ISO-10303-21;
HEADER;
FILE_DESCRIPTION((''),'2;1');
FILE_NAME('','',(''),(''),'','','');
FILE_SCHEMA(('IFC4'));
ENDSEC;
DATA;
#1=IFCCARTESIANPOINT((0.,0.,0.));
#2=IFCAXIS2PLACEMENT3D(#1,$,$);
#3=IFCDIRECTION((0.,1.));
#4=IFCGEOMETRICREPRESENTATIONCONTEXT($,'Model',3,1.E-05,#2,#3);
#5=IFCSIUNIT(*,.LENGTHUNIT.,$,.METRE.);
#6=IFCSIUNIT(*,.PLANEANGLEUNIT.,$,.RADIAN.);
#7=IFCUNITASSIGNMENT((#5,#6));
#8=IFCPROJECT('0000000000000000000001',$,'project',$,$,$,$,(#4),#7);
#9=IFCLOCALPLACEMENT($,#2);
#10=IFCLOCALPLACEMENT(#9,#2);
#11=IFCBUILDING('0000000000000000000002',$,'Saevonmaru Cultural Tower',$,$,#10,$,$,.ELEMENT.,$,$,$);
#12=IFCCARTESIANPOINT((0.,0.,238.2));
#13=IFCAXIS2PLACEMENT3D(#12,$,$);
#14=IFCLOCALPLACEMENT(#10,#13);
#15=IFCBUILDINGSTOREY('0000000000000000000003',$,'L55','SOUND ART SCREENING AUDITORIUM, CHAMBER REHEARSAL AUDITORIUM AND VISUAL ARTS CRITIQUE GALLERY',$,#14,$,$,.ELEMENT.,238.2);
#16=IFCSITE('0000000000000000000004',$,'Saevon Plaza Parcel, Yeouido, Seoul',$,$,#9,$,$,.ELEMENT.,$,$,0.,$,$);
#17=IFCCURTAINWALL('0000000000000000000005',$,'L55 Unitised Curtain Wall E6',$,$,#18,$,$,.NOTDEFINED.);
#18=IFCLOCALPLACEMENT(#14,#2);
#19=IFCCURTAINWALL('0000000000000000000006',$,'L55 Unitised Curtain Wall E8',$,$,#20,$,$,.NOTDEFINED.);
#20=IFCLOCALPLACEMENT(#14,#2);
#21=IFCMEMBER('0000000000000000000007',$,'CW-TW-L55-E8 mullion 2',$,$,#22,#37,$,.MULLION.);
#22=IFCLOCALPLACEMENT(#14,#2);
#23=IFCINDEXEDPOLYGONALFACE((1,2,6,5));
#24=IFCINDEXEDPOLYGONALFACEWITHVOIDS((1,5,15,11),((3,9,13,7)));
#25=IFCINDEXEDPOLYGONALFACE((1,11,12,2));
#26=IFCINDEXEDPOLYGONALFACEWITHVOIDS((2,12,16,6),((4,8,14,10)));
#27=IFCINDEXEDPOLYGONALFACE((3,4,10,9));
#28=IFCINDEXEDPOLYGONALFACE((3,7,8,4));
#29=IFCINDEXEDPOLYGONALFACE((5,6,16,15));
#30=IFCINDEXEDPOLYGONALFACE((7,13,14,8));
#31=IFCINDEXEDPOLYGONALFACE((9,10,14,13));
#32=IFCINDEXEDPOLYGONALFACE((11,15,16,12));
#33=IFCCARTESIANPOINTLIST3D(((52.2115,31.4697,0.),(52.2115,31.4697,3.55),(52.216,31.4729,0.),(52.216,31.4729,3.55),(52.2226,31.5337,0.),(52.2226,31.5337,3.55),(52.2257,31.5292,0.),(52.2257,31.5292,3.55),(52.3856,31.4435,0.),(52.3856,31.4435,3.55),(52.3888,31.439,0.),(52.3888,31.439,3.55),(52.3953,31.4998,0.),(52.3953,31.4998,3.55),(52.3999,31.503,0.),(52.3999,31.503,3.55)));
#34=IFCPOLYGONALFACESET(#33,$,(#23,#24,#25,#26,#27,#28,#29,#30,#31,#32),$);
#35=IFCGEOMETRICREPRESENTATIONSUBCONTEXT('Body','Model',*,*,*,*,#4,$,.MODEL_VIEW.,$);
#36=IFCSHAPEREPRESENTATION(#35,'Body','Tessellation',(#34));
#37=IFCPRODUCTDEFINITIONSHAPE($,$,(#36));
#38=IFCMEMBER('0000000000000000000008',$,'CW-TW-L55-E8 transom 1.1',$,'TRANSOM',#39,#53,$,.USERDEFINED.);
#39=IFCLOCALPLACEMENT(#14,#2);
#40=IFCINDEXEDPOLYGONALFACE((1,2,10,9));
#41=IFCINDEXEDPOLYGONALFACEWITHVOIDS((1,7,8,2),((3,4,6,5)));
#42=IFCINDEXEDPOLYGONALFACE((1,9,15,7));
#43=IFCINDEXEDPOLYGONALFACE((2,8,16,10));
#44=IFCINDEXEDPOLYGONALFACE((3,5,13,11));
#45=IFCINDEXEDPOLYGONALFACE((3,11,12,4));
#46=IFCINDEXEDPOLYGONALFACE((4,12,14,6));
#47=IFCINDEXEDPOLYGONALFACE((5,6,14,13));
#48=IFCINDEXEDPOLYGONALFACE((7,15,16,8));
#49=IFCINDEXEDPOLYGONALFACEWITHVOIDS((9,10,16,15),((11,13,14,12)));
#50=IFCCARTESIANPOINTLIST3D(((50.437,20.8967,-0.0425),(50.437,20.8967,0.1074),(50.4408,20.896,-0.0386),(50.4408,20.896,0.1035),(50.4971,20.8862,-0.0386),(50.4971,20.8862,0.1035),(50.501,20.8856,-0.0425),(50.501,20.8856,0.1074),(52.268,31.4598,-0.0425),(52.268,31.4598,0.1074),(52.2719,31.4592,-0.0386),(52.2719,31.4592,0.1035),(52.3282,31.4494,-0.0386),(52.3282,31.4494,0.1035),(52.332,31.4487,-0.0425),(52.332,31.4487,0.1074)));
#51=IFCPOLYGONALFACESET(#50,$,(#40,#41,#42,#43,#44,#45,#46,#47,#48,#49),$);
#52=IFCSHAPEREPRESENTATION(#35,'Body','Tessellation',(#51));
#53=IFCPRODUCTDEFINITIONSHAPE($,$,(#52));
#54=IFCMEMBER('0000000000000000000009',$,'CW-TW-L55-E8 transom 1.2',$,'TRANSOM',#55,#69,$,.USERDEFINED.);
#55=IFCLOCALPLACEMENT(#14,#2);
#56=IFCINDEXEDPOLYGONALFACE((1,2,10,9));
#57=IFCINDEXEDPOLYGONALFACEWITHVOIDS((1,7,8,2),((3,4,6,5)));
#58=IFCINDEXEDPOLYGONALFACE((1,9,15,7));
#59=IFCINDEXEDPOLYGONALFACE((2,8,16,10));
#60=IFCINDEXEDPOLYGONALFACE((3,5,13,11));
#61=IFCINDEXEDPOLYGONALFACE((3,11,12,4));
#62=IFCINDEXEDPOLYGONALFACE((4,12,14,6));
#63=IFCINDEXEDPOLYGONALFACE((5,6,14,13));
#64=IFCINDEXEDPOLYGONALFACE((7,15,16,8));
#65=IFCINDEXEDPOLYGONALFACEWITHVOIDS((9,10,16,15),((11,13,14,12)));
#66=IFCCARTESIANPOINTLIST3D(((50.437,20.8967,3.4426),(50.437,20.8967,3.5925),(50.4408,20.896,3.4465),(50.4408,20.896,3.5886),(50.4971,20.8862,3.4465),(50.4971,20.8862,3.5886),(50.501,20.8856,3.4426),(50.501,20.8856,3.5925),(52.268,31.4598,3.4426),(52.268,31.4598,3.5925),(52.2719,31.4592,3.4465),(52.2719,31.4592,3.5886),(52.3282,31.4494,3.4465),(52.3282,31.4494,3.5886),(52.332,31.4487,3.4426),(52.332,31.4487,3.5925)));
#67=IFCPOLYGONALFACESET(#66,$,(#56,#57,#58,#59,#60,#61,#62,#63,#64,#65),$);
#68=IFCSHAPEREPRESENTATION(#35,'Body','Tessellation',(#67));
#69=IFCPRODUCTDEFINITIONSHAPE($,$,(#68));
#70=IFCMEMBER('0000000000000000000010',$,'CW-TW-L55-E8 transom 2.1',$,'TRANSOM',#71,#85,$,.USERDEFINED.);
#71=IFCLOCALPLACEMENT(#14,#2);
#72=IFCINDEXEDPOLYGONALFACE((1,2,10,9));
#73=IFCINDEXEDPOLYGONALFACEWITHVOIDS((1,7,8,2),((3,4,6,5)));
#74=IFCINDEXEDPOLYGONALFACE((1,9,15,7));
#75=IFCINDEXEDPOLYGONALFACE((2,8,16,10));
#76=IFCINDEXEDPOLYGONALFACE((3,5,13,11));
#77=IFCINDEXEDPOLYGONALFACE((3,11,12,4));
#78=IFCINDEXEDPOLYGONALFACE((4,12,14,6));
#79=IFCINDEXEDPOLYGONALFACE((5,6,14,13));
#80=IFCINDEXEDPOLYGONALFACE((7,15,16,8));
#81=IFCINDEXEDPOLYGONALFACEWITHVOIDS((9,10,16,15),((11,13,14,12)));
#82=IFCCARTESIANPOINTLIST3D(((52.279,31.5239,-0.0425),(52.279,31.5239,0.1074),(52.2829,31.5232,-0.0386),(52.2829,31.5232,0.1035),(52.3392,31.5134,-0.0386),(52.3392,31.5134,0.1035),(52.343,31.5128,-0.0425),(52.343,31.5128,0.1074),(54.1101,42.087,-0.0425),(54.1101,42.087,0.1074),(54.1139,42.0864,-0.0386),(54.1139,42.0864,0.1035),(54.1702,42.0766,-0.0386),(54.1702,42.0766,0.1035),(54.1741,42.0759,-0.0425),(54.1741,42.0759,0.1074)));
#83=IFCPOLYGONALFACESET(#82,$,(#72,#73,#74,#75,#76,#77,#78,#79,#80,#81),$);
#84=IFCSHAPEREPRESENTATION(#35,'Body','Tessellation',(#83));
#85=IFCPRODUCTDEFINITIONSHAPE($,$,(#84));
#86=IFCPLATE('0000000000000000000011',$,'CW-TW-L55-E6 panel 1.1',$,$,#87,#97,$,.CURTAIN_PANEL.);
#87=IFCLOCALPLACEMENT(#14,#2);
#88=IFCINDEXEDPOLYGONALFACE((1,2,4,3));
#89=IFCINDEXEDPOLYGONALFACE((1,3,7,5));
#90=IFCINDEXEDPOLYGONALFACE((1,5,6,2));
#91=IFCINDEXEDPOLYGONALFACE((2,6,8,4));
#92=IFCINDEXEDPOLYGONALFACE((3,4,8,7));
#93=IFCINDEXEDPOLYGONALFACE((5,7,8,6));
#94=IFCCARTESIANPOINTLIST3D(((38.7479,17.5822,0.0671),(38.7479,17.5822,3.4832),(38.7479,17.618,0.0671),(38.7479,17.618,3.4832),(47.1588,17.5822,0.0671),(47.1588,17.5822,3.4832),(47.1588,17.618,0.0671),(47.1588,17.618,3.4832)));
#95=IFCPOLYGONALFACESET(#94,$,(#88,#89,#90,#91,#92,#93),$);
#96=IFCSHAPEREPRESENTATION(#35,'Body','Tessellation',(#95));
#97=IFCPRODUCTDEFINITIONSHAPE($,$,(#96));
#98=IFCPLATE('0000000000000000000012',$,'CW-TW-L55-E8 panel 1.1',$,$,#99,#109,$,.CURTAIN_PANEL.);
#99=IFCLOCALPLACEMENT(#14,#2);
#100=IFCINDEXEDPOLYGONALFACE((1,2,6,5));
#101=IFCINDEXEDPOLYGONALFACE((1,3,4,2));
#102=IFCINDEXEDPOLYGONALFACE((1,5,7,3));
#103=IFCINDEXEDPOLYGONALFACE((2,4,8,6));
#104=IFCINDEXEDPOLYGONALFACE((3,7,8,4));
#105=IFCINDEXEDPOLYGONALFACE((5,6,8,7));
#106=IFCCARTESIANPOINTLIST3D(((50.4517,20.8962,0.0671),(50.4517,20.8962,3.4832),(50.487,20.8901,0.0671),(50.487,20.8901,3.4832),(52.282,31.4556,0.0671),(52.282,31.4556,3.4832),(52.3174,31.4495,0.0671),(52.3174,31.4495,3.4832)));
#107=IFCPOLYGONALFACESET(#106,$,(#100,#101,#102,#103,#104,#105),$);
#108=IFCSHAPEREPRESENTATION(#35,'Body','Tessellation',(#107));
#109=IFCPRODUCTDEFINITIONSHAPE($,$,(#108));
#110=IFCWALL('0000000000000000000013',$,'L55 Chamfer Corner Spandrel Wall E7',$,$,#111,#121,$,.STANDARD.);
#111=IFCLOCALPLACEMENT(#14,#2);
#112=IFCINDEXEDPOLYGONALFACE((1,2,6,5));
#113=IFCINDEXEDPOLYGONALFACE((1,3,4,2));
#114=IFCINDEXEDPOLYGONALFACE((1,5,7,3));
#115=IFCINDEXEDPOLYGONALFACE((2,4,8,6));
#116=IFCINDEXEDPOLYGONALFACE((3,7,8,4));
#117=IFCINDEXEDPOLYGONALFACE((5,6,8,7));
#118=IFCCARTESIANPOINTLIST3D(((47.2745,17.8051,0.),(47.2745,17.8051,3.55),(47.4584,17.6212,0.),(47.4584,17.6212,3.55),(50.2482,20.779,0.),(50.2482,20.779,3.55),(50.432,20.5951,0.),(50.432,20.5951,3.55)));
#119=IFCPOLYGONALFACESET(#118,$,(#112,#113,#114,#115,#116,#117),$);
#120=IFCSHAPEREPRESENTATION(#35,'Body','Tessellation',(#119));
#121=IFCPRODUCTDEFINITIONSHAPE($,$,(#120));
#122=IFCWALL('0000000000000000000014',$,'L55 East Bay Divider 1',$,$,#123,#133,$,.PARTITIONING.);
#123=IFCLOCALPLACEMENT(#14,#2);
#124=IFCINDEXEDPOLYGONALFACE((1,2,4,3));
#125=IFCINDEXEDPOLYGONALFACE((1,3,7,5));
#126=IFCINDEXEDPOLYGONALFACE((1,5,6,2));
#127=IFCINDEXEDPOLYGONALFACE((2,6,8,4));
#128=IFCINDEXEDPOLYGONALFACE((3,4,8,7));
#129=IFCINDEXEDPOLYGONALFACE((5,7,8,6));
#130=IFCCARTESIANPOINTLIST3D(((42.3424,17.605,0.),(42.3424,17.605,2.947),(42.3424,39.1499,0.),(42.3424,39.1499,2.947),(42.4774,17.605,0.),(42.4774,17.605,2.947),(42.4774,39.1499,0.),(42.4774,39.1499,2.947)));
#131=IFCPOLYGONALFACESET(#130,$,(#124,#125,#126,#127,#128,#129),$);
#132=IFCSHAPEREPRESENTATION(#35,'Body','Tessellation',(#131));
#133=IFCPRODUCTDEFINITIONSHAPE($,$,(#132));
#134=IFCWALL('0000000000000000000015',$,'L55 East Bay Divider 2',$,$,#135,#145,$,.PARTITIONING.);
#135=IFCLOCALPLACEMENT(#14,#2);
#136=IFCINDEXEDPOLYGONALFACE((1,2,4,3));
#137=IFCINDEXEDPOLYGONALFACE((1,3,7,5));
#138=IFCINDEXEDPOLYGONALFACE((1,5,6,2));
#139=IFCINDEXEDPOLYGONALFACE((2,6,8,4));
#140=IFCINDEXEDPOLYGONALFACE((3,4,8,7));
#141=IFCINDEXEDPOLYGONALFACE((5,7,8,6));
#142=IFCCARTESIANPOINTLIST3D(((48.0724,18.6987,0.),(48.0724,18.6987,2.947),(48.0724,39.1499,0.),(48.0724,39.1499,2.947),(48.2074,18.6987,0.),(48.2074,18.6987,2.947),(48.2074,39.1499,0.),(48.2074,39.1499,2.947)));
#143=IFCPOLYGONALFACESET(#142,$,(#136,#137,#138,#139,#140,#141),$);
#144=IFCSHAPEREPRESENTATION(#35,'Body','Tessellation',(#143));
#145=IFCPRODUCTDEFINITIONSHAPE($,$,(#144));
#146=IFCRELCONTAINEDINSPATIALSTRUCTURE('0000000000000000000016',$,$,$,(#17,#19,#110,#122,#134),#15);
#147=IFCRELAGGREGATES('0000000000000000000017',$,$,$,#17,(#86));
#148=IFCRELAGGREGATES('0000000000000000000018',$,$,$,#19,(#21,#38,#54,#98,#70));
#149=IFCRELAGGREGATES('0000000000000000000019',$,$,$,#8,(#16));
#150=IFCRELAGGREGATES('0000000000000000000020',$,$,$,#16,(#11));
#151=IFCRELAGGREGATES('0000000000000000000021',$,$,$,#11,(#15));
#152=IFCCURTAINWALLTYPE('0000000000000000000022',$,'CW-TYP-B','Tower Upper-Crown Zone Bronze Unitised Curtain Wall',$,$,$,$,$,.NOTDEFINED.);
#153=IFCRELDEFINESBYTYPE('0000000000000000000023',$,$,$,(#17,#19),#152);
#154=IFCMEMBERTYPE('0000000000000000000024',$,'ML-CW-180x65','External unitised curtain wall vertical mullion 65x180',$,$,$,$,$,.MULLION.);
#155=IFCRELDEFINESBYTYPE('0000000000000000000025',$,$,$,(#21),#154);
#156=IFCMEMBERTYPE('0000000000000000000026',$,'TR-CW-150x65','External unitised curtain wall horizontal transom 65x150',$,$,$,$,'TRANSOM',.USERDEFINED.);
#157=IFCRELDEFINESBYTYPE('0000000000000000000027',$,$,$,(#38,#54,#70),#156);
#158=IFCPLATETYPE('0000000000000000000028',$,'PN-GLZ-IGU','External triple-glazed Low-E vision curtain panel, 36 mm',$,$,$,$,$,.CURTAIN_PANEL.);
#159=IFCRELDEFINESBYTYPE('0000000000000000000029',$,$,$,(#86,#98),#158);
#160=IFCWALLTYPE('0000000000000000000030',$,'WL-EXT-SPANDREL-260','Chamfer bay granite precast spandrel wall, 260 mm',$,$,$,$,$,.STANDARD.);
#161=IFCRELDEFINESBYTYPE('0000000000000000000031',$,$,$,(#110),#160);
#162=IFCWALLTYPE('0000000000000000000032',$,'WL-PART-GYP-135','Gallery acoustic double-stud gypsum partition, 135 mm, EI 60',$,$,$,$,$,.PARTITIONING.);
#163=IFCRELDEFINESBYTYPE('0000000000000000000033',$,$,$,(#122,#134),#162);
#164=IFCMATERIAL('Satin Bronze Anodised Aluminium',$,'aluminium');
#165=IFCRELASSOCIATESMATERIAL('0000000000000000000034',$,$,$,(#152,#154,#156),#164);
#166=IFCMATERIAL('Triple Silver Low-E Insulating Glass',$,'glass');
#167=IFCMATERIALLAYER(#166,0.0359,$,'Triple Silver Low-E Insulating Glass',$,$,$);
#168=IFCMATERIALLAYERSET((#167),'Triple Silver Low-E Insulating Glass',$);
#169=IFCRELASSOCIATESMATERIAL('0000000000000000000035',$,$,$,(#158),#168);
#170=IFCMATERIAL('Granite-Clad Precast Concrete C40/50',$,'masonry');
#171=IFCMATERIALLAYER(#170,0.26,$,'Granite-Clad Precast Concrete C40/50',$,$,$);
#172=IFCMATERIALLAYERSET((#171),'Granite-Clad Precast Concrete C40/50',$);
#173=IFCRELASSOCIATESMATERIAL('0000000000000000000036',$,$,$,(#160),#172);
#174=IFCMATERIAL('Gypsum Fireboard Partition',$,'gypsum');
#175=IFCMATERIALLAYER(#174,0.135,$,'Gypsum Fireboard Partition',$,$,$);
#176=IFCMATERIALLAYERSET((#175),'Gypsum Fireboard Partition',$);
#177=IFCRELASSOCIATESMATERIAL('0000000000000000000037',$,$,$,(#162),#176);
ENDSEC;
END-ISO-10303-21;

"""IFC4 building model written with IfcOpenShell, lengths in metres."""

from ifc_helpers import new_model, si_unit, direction, frame, frame_2d, origin, origin_2d, place, context, subcontext, project, spatial, rectangle, hollow_rectangle, extrude, material, layer, layer_set, material_profile, profile_set, type_object, element, aggregate, save


model = new_model("IFC4")

# Units and contexts
model_context = context("Model", 3, precision=1e-05, world=origin(), true_north=direction((0.0, 1.0)))
body_context = subcontext(model_context, "Body", "Model", "MODEL_VIEW")
ifc_project = project(units=[si_unit("LENGTHUNIT", "METRE"), si_unit("PLANEANGLEUNIT", "RADIAN")], contexts=[model_context])

# Site, building, storey
site_placement = place(None, origin())
site = spatial("IfcSite", under=ifc_project, at=site_placement, Name="Saevon Plaza Parcel, Yeouido, Seoul", CompositionType="ELEMENT", RefElevation=0.0)
building_placement = place(site_placement, origin())
building = spatial("IfcBuilding", under=site, at=building_placement, Name="Saevonmaru Cultural Tower", CompositionType="ELEMENT")
storey_placement = place(building_placement, frame((0.0, 0.0, 238.2)))
storey = spatial("IfcBuildingStorey", under=building, at=storey_placement, Name="L55", Description="SOUND ART SCREENING AUDITORIUM, CHAMBER REHEARSAL AUDITORIUM AND VISUAL ARTS CRITIQUE GALLERY", CompositionType="ELEMENT", Elevation=238.2)

# Curtain wall
ifc_material_1 = material(Name="Satin Bronze Anodised Aluminium", Category="aluminium")
curtain_wall_type = type_object("IfcCurtainWallType", Name="CW-TYP-B", Description="Tower Upper-Crown Zone Bronze Unitised Curtain Wall", PredefinedType="NOTDEFINED", material=ifc_material_1)
curtain_wall_1_placement = place(storey_placement, origin())
curtain_wall_1 = element("IfcCurtainWall", 1, at=curtain_wall_1_placement, inside=storey, type_object=curtain_wall_type, Name="L55 Unitised Curtain Wall E6", PredefinedType="NOTDEFINED")
ifc_material_profile_1 = material_profile(ifc_material_1, hollow_rectangle(XDim=0.0649, YDim=0.1799, WallThickness=0.0039, at=origin_2d()), Name="ALU-MULL-180x65x4")
ifc_profile_set_1 = profile_set([ifc_material_profile_1], Name="Satin Bronze Anodised Aluminium")
member_type_1 = type_object("IfcMemberType", Name="ML-CW-180x65", Description="External unitised curtain wall vertical mullion 65x180", PredefinedType="MULLION", material=ifc_profile_set_1)

# Curtain wall, members
curtain_wall_2_placement = place(storey_placement, origin())
curtain_wall_2 = element("IfcCurtainWall", 2, at=curtain_wall_2_placement, inside=storey, type_object=curtain_wall_type, Name="L55 Unitised Curtain Wall E8", PredefinedType="NOTDEFINED")
member_1_placement = place(storey_placement, frame((52.3057, 31.4863, 0.0), z_axis=(0.0, 0.0, 1.0), x_axis=(0.17079, 0.985307, 0.0)))
member_1 = element("IfcMember", 3, at=member_1_placement, type_object=member_type_1, Name="CW-TW-L55-E8 mullion 2", PredefinedType="MULLION", context=body_context, shape_type="SweptSolid", body=[
    extrude(hollow_rectangle(XDim=0.0649, YDim=0.1799, WallThickness=0.0039, at=origin_2d()), origin(), (0.0, 0.0, 1.0), 3.55),
])
ifc_material_profile_2 = material_profile(ifc_material_1, hollow_rectangle(XDim=0.0649, YDim=0.1499, WallThickness=0.0039, at=origin_2d()), Name="ALU-TRAN-150x65x4")
ifc_profile_set_2 = profile_set([ifc_material_profile_2], Name="Satin Bronze Anodised Aluminium")
member_type_2 = type_object("IfcMemberType", Name="TR-CW-150x65", Description="External unitised curtain wall horizontal transom 65x150", ElementType="TRANSOM", PredefinedType="USERDEFINED", material=ifc_profile_set_2)
member_2_placement = place(storey_placement, frame((50.469, 20.8911, 0.0325), z_axis=(0.170795, 0.985307, 0.0), x_axis=(-0.985307, 0.170795, 0.0)))
member_2 = element("IfcMember", 4, at=member_2_placement, type_object=member_type_2, Name="CW-TW-L55-E8 transom 1.1", ObjectType="TRANSOM", PredefinedType="USERDEFINED", context=body_context, shape_type="SweptSolid", body=[
    extrude(hollow_rectangle(XDim=0.0649, YDim=0.1499, WallThickness=0.0039, at=origin_2d()), origin(), (0.0, 0.0, 1.0), 10.7207),
])
member_3_placement = place(storey_placement, frame((50.469, 20.8911, 3.5176), z_axis=(0.170795, 0.985307, 0.0), x_axis=(-0.985307, 0.170795, 0.0)))
member_3 = element("IfcMember", 5, at=member_3_placement, type_object=member_type_2, Name="CW-TW-L55-E8 transom 1.2", ObjectType="TRANSOM", PredefinedType="USERDEFINED", context=body_context, shape_type="SweptSolid", body=[
    extrude(hollow_rectangle(XDim=0.0649, YDim=0.1499, WallThickness=0.0039, at=origin_2d()), origin(), (0.0, 0.0, 1.0), 10.7207),
])
member_4_placement = place(storey_placement, frame((52.311, 31.5183, 0.0325), z_axis=(0.170795, 0.985307, 0.0), x_axis=(-0.985307, 0.170795, 0.0)))
member_4 = element("IfcMember", 6, at=member_4_placement, type_object=member_type_2, Name="CW-TW-L55-E8 transom 2.1", ObjectType="TRANSOM", PredefinedType="USERDEFINED", context=body_context, shape_type="SweptSolid", body=[
    extrude(hollow_rectangle(XDim=0.0649, YDim=0.1499, WallThickness=0.0039, at=origin_2d()), origin(), (0.0, 0.0, 1.0), 10.7207),
])

# Plates
ifc_material_2 = material(Name="Triple Silver Low-E Insulating Glass", Category="glass")
ifc_layer_1 = layer(ifc_material_2, 0.0359, Name="Triple Silver Low-E Insulating Glass")
ifc_layer_set_1 = layer_set([ifc_layer_1], Name="Triple Silver Low-E Insulating Glass")
plate_type = type_object("IfcPlateType", Name="PN-GLZ-IGU", Description="External triple-glazed Low-E vision curtain panel, 36 mm", PredefinedType="CURTAIN_PANEL", material=ifc_layer_set_1)
plate_1_placement = place(storey_placement, frame((42.9534, 17.6001, 0.0671), z_axis=(0.0, 0.0, 1.0), x_axis=(1.0, 0.0, 0.0)))
plate_1 = element("IfcPlate", 7, at=plate_1_placement, type_object=plate_type, Name="CW-TW-L55-E6 panel 1.1", PredefinedType="CURTAIN_PANEL", context=body_context, shape_type="SweptSolid", body=[
    extrude(rectangle(XDim=8.4109, YDim=0.0359, at=origin_2d()), origin(), (0.0, 0.0, 1.0), 3.416),
])
aggregate(curtain_wall_1, [plate_1])
plate_2_placement = place(storey_placement, frame((51.3845, 26.1729, 0.0671), z_axis=(0.0, 0.0, 1.0), x_axis=(0.17079, 0.985307, 0.0)))
plate_2 = element("IfcPlate", 8, at=plate_2_placement, type_object=plate_type, Name="CW-TW-L55-E8 panel 1.1", PredefinedType="CURTAIN_PANEL", context=body_context, shape_type="SweptSolid", body=[
    extrude(rectangle(XDim=10.7168, YDim=0.0359, at=origin_2d()), origin(), (0.0, 0.0, 1.0), 3.416),
])
aggregate(curtain_wall_2, [member_1, member_2, member_3, plate_2, member_4])

# Walls
ifc_material_3 = material(Name="Granite-Clad Precast Concrete C40/50", Category="masonry")
ifc_layer_2 = layer(ifc_material_3, 0.26, Name="Granite-Clad Precast Concrete C40/50")
ifc_layer_set_2 = layer_set([ifc_layer_2], Name="Granite-Clad Precast Concrete C40/50")
wall_type_1 = type_object("IfcWallType", Name="WL-EXT-SPANDREL-260", Description="Chamfer bay granite precast spandrel wall, 260 mm", PredefinedType="STANDARD", material=ifc_layer_set_2)
wall_1_placement = place(storey_placement, frame((47.3665, 17.7131, 0.0), z_axis=(0.0, 0.0, 1.0), x_axis=(0.707078, 0.707136, 0.0)))
element("IfcWall", 9, at=wall_1_placement, inside=storey, type_object=wall_type_1, Name="L55 Chamfer Corner Spandrel Wall E7", PredefinedType="STANDARD", context=body_context, shape_type="SweptSolid", body=[
    extrude(rectangle(XDim=4.2056, YDim=0.26, at=frame_2d((2.1028, 0.0))), origin(), (0.0, 0.0, 1.0), 3.55),
])
ifc_material_4 = material(Name="Gypsum Fireboard Partition", Category="gypsum")
ifc_layer_3 = layer(ifc_material_4, 0.135, Name="Gypsum Fireboard Partition")
ifc_layer_set_3 = layer_set([ifc_layer_3], Name="Gypsum Fireboard Partition")
wall_type_2 = type_object("IfcWallType", Name="WL-PART-GYP-135", Description="Gallery acoustic double-stud gypsum partition, 135 mm, EI 60", PredefinedType="PARTITIONING", material=ifc_layer_set_3)
wall_2_placement = place(storey_placement, frame((42.4099, 17.605, 0.0), z_axis=(0.0, 0.0, 1.0), x_axis=(0.0, 1.0, 0.0)))
element("IfcWall", 10, at=wall_2_placement, inside=storey, type_object=wall_type_2, Name="L55 East Bay Divider 1", PredefinedType="PARTITIONING", context=body_context, shape_type="SweptSolid", body=[
    extrude(rectangle(XDim=21.5449, YDim=0.135, at=frame_2d((10.7725, 0.0))), origin(), (0.0, 0.0, 1.0), 2.947),
])
wall_3_placement = place(storey_placement, frame((48.1399, 18.6987, 0.0), z_axis=(0.0, 0.0, 1.0), x_axis=(0.0, 1.0, 0.0)))
element("IfcWall", 11, at=wall_3_placement, inside=storey, type_object=wall_type_2, Name="L55 East Bay Divider 2", PredefinedType="PARTITIONING", context=body_context, shape_type="SweptSolid", body=[
    extrude(rectangle(XDim=20.4512, YDim=0.135, at=frame_2d((10.2256, 0.0))), origin(), (0.0, 0.0, 1.0), 2.947),
])

save(model, "model.ifc")
